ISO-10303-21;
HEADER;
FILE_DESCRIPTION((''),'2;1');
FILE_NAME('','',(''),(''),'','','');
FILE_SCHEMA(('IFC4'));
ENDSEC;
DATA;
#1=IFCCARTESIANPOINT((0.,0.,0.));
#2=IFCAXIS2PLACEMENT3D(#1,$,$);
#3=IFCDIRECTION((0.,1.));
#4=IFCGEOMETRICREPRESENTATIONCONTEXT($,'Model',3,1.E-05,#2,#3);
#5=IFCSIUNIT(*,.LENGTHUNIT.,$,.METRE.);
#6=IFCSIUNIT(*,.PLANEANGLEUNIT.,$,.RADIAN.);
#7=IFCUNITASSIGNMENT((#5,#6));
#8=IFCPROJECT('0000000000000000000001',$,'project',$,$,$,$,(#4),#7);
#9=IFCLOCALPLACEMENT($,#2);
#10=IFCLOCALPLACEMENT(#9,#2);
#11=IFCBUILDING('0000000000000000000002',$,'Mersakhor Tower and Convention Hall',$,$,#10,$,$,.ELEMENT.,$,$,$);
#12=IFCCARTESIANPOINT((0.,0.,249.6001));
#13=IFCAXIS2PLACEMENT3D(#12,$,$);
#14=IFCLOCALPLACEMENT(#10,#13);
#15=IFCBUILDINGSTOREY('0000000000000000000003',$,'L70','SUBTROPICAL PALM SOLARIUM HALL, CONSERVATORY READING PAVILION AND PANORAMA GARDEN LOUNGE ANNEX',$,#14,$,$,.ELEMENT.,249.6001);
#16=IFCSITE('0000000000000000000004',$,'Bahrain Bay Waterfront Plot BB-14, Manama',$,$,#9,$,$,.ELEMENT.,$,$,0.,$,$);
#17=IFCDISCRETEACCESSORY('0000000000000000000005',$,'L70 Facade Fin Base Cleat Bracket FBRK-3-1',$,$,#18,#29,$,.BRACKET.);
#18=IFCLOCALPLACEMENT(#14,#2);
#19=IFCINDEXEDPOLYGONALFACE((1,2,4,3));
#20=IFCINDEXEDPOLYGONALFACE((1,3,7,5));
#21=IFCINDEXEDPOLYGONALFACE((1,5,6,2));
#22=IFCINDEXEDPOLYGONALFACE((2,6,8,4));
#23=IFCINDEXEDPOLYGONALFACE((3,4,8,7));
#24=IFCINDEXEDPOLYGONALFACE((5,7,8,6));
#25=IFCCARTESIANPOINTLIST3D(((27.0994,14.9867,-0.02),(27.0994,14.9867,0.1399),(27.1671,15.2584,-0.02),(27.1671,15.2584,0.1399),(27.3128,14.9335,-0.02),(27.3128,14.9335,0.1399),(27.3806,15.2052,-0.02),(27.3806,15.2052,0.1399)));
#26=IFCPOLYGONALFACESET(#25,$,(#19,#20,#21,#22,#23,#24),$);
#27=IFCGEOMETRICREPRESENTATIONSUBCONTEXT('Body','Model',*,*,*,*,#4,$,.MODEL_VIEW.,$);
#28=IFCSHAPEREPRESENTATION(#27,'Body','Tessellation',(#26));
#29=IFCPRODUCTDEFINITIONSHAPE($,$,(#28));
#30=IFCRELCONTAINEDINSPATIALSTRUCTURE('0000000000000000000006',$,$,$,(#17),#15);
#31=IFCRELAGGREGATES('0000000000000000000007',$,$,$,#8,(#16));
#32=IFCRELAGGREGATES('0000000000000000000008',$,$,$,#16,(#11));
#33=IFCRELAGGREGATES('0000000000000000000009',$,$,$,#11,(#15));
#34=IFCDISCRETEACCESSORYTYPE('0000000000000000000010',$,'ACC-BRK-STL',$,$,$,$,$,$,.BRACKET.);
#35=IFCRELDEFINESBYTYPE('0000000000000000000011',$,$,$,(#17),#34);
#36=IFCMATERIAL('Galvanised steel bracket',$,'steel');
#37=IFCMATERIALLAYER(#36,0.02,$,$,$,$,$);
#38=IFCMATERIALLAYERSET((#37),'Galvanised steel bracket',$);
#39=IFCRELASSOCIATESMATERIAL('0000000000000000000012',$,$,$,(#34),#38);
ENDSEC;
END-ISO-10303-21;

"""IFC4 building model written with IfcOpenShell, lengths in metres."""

from ifc_helpers import new_model, si_unit, direction, frame, origin, origin_2d, place, context, subcontext, project, spatial, rectangle, extrude, material, layer, layer_set, type_object, element, save


model = new_model("IFC4")

# Units and contexts
model_context = context("Model", 3, precision=1e-05, world=origin(), true_north=direction((0.0, 1.0)))
body_context = subcontext(model_context, "Body", "Model", "MODEL_VIEW")
ifc_project = project(units=[si_unit("LENGTHUNIT", "METRE"), si_unit("PLANEANGLEUNIT", "RADIAN")], contexts=[model_context])

# Site, building, storey
site_placement = place(None, origin())
site = spatial("IfcSite", under=ifc_project, at=site_placement, Name="Bahrain Bay Waterfront Plot BB-14, Manama", CompositionType="ELEMENT", RefElevation=0.0)
building_placement = place(site_placement, origin())
building = spatial("IfcBuilding", under=site, at=building_placement, Name="Mersakhor Tower and Convention Hall", CompositionType="ELEMENT")
storey_placement = place(building_placement, frame((0.0, 0.0, 249.6001)))
storey = spatial("IfcBuildingStorey", under=building, at=storey_placement, Name="L70", Description="SUBTROPICAL PALM SOLARIUM HALL, CONSERVATORY READING PAVILION AND PANORAMA GARDEN LOUNGE ANNEX", CompositionType="ELEMENT", Elevation=249.6001)

# Discrete accessory
ifc_material_1 = material(Name="Galvanised steel bracket", Category="steel")
ifc_layer_1 = layer(ifc_material_1, 0.02)
ifc_layer_set_1 = layer_set([ifc_layer_1], Name="Galvanised steel bracket")
discrete_accessory_type = type_object("IfcDiscreteAccessoryType", Name="ACC-BRK-STL", PredefinedType="BRACKET", material=ifc_layer_set_1)
for number, where, z_axis, x_axis, name in (
    (1, (27.24, 15.0959, -0.02), (0.0, 0.0, 1.0), (-0.241922, -0.970296, 0.0), "L70 Facade Fin Base Cleat Bracket FBRK-3-1"),
):
    element("IfcDiscreteAccessory", number, at=place(storey_placement, frame(where, z_axis=z_axis, x_axis=x_axis)), inside=storey, type_object=discrete_accessory_type, Name=name, PredefinedType="BRACKET", context=body_context, shape_type="SweptSolid", body=[
        extrude(rectangle(XDim=0.28, YDim=0.22, at=origin_2d()), origin(), (0.0, 0.0, 1.0), 0.1599),
    ])

save(model, "model.ifc")
